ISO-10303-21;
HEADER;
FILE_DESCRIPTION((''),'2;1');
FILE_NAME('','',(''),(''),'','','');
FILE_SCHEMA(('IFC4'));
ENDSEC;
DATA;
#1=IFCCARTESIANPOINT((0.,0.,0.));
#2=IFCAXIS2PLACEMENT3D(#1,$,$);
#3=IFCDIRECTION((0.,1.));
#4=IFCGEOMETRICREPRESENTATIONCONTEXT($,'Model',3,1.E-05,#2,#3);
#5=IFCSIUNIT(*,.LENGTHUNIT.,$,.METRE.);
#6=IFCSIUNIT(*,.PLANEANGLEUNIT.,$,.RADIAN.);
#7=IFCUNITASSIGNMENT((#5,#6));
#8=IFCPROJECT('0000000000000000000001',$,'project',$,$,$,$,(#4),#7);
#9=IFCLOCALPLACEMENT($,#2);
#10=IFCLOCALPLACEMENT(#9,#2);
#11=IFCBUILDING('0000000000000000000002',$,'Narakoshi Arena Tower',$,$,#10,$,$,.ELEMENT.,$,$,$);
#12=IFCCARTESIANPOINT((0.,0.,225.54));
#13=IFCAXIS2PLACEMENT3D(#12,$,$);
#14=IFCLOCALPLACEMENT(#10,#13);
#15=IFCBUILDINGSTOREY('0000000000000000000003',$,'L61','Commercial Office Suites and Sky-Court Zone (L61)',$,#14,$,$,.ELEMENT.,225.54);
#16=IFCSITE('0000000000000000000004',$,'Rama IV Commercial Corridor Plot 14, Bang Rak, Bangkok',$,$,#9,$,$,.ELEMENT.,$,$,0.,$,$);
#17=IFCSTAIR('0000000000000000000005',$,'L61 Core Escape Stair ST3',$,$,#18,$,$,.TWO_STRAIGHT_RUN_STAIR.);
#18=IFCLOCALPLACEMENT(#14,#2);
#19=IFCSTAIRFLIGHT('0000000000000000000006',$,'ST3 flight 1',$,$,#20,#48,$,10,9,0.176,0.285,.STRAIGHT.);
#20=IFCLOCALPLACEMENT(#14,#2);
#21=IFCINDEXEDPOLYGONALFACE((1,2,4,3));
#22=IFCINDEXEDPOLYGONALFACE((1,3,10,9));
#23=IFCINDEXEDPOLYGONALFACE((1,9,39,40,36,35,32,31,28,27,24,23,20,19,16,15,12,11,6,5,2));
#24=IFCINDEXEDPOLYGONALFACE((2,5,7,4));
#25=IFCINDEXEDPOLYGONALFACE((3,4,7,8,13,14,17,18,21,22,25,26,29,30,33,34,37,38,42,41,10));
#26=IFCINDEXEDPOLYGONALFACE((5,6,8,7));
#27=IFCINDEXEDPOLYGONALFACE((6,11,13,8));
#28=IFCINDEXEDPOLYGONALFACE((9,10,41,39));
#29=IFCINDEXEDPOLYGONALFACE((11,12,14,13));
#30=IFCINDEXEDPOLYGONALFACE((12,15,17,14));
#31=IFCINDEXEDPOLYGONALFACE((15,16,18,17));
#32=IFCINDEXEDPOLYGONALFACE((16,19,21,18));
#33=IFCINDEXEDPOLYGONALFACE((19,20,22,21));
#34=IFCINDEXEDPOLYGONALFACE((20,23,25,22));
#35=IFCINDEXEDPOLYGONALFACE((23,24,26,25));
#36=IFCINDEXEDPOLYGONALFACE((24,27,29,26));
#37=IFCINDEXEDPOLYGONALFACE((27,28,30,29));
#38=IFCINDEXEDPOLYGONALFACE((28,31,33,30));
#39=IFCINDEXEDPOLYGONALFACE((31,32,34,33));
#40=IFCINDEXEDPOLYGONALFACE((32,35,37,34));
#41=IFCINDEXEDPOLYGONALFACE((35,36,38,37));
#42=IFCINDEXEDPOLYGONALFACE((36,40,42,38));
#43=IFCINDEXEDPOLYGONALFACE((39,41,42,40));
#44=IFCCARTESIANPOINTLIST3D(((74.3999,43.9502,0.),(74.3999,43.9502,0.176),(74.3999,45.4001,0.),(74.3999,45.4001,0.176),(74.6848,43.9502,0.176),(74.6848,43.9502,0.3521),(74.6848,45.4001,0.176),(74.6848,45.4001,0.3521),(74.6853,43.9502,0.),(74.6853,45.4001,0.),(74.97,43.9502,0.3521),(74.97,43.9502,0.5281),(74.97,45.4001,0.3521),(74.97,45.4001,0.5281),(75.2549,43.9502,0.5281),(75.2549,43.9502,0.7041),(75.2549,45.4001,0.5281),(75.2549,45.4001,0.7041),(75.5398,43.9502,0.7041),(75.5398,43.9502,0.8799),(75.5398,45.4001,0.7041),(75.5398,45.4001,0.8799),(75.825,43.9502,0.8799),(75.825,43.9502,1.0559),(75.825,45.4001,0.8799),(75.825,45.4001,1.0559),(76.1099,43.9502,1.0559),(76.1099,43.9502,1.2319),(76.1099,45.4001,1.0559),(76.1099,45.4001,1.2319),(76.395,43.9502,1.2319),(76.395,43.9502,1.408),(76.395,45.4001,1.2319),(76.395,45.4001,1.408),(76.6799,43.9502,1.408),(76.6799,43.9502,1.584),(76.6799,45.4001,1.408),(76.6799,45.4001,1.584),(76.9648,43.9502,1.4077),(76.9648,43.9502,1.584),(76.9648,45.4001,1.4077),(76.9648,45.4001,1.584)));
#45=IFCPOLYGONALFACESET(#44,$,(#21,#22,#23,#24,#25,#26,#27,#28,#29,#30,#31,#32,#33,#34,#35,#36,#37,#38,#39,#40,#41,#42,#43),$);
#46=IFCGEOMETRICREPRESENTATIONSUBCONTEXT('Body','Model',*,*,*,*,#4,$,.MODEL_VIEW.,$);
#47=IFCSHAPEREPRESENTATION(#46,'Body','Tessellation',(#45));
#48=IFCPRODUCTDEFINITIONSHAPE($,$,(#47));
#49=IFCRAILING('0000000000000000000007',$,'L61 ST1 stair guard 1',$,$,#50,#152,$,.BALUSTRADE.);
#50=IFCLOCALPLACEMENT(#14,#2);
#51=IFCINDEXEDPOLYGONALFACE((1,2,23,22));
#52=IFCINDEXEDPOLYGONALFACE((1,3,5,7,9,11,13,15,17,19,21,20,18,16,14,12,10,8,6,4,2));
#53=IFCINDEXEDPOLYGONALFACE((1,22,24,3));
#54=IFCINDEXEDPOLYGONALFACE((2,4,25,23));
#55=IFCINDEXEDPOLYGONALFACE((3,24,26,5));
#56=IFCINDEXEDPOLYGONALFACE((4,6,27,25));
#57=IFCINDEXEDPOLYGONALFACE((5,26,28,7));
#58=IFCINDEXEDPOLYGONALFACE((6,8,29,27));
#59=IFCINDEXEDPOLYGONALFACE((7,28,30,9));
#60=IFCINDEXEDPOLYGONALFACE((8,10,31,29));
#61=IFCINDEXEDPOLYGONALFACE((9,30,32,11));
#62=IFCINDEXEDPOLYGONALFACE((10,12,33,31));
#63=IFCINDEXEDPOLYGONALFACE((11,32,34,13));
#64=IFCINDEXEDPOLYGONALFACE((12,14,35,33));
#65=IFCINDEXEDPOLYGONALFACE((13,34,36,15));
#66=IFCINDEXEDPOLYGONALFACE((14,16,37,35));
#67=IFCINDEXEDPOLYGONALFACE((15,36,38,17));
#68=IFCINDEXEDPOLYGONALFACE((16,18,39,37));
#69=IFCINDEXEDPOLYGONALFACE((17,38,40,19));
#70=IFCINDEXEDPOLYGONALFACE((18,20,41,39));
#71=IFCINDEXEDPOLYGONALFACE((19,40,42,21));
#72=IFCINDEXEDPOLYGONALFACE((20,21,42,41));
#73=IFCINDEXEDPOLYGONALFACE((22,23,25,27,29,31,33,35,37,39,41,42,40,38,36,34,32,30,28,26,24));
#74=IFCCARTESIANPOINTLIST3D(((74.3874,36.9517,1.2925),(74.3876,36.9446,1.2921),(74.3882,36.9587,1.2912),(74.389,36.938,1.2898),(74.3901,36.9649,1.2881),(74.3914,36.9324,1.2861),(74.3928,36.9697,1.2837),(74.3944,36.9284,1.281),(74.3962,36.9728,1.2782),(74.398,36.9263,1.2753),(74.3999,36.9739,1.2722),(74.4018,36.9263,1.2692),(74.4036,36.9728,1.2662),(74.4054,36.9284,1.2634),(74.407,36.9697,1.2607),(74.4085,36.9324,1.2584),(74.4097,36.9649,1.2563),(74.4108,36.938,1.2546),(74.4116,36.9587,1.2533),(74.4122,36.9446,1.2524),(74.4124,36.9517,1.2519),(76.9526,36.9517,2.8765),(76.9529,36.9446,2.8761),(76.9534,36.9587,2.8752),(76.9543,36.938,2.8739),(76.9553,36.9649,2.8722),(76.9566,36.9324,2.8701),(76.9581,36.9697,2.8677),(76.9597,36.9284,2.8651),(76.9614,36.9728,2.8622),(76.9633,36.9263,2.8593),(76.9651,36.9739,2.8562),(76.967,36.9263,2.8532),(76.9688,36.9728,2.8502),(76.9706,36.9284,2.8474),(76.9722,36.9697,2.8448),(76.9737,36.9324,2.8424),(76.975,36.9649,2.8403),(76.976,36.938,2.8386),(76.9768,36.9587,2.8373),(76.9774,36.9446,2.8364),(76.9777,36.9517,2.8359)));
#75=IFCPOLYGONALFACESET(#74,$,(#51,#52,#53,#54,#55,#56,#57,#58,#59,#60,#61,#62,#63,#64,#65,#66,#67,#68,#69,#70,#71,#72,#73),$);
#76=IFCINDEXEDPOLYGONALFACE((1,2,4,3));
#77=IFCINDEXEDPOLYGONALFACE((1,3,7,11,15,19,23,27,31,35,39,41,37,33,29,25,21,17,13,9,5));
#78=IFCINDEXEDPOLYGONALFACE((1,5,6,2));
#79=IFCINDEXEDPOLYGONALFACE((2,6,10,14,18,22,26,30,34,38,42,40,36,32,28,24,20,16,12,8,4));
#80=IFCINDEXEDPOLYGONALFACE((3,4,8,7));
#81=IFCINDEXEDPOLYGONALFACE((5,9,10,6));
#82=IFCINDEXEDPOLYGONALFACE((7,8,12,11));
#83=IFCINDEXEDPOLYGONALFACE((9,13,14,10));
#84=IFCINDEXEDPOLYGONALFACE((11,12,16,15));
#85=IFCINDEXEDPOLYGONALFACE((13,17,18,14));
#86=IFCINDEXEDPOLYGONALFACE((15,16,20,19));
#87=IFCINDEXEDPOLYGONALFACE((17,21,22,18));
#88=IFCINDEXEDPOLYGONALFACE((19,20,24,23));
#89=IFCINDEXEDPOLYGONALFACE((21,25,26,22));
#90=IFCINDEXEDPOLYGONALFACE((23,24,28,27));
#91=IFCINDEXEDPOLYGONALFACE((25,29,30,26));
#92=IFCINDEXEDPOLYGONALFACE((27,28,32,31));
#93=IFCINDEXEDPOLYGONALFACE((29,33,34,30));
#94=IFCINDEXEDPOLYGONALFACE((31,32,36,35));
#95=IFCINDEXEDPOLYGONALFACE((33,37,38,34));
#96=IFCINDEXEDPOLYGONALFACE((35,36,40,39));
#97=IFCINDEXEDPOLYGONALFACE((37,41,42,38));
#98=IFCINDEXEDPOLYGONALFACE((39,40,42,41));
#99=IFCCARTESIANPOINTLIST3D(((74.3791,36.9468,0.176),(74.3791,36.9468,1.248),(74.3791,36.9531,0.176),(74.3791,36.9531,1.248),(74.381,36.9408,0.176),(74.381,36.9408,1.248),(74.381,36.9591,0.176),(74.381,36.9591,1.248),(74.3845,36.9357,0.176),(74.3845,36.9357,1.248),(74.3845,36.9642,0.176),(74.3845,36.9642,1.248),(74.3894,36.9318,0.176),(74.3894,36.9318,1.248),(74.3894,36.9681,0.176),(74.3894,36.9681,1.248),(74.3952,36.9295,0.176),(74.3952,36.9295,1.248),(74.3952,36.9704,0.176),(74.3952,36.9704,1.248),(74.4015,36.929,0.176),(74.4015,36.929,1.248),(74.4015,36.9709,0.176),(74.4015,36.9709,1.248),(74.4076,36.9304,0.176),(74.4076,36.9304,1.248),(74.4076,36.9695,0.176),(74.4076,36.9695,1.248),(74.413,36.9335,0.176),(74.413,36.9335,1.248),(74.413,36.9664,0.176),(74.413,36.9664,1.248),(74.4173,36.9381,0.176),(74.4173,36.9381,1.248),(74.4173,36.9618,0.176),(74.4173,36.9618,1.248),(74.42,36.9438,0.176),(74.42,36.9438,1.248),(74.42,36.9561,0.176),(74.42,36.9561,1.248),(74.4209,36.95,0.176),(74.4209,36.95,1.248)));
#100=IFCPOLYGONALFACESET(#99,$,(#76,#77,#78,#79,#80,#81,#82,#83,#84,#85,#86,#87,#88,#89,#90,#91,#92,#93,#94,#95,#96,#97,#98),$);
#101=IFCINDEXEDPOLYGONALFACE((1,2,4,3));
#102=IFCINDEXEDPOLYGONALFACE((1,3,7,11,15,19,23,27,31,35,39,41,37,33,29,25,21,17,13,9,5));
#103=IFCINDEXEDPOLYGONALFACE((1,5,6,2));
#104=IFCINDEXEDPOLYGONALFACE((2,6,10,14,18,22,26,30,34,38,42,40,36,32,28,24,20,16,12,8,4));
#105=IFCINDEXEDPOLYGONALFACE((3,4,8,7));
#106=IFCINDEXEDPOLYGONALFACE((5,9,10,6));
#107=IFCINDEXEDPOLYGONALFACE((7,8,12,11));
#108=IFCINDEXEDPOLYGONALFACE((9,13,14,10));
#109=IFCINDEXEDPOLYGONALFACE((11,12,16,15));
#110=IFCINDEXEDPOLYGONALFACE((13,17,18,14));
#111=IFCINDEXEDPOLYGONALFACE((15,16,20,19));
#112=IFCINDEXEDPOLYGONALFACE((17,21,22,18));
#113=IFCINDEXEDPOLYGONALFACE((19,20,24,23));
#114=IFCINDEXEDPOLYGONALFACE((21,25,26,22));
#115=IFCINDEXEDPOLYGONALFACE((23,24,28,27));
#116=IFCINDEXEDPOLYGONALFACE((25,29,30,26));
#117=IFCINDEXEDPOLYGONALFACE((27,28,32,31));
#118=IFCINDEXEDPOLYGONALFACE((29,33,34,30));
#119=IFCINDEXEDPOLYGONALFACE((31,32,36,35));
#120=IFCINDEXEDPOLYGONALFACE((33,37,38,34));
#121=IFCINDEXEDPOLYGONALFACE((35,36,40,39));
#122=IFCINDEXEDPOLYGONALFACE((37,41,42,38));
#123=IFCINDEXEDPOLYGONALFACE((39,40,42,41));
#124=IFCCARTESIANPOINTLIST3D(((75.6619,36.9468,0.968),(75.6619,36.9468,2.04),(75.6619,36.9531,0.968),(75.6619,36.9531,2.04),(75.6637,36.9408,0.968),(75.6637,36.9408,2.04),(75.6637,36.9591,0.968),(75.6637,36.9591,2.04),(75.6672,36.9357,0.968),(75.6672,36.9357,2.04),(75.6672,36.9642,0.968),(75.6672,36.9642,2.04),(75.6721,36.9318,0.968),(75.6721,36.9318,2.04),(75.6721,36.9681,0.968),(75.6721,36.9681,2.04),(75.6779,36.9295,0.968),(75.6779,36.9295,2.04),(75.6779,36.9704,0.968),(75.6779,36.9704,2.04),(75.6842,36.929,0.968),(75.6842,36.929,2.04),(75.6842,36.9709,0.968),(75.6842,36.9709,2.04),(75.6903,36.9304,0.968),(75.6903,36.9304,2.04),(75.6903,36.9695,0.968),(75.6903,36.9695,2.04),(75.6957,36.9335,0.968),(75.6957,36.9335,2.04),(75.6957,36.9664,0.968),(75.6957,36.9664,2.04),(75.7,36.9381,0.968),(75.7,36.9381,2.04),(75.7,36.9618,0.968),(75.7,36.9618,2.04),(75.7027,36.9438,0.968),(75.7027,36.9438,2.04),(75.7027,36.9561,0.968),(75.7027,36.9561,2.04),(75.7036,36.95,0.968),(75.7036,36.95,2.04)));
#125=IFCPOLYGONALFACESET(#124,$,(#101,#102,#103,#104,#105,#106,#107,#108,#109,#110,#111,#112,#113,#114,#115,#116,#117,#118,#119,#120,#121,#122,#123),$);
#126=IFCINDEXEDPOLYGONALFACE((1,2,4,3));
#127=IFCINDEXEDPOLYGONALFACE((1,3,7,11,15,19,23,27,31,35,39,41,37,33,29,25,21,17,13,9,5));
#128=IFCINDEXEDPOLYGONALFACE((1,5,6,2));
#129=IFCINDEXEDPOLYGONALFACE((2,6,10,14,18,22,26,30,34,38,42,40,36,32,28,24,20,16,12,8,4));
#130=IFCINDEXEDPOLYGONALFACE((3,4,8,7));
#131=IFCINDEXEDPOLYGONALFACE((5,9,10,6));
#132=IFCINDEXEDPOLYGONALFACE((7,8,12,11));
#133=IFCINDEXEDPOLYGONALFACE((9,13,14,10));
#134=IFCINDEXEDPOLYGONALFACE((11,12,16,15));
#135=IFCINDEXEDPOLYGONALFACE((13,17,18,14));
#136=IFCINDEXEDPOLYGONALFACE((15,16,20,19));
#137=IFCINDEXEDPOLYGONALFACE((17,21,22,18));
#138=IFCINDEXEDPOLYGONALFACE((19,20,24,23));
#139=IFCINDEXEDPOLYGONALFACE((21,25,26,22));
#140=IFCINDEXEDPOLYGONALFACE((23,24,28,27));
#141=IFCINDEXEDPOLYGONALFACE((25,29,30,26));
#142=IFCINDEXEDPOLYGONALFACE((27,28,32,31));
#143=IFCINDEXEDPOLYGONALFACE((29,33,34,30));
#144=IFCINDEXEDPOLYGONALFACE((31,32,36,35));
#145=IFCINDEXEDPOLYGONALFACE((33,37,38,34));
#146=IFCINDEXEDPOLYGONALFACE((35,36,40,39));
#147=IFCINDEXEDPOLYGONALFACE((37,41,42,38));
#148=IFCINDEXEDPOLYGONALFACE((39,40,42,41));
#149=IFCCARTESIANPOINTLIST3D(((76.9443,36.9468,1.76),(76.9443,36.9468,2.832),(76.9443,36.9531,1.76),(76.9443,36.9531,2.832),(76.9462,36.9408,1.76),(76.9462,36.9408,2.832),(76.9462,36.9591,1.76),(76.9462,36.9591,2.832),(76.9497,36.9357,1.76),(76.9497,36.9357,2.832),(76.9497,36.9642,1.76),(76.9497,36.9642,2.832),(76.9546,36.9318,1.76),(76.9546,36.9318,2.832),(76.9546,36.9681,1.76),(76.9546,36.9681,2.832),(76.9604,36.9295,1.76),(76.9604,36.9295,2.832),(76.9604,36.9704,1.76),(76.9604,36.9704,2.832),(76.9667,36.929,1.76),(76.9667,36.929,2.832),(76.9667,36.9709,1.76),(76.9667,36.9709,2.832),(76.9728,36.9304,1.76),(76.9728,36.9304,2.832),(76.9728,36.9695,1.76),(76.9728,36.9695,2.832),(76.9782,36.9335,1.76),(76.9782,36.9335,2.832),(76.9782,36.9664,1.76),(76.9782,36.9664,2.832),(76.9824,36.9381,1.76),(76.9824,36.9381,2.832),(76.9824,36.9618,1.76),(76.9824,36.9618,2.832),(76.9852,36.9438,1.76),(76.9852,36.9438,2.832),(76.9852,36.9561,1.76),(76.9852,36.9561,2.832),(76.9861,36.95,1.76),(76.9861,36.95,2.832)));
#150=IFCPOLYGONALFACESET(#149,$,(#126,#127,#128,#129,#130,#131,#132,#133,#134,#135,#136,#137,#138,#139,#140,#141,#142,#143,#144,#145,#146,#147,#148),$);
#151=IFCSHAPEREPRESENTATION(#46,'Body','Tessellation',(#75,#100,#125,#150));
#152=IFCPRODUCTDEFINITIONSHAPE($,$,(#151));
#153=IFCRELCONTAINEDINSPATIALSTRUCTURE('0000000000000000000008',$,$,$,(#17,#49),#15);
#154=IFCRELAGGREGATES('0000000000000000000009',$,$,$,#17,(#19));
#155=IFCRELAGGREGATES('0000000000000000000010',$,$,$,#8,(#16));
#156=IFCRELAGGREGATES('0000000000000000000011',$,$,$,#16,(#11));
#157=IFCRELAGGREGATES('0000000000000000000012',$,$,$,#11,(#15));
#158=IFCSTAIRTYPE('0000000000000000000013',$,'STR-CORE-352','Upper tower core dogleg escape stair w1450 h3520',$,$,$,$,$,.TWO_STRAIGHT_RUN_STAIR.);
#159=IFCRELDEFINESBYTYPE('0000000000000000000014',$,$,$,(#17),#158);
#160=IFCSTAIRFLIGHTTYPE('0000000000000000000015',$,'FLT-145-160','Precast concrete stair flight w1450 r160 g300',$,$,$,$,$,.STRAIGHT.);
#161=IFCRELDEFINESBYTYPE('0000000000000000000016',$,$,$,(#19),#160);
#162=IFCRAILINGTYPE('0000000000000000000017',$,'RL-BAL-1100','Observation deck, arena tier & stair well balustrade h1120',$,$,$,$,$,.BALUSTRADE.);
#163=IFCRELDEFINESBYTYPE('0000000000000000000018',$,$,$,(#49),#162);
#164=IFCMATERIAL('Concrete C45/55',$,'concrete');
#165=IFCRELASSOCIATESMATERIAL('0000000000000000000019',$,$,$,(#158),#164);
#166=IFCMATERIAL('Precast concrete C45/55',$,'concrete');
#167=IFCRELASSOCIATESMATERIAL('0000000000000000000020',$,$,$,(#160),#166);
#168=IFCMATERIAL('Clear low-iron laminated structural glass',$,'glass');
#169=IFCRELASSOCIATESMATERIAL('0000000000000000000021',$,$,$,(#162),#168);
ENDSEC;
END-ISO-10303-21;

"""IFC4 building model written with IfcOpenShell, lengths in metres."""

from ifc_helpers import new_model, si_unit, direction, frame, origin, origin_2d, place, context, subcontext, project, spatial, polyline, circle, outline, extrude, material, type_object, element, aggregate, save


model = new_model("IFC4")

# Units and contexts
model_context = context("Model", 3, precision=1e-05, world=origin(), true_north=direction((0.0, 1.0)))
body_context = subcontext(model_context, "Body", "Model", "MODEL_VIEW")
ifc_project = project(units=[si_unit("LENGTHUNIT", "METRE"), si_unit("PLANEANGLEUNIT", "RADIAN")], contexts=[model_context])

# Site, building, storey
site_placement = place(None, origin())
site = spatial("IfcSite", under=ifc_project, at=site_placement, Name="Rama IV Commercial Corridor Plot 14, Bang Rak, Bangkok", CompositionType="ELEMENT", RefElevation=0.0)
building_placement = place(site_placement, origin())
building = spatial("IfcBuilding", under=site, at=building_placement, Name="Narakoshi Arena Tower", CompositionType="ELEMENT")
storey_placement = place(building_placement, frame((0.0, 0.0, 225.54)))
storey = spatial("IfcBuildingStorey", under=building, at=storey_placement, Name="L61", Description="Commercial Office Suites and Sky-Court Zone (L61)", CompositionType="ELEMENT", Elevation=225.54)

# Shared definitions
ifc_material_1 = material(Name="Precast concrete C45/55", Category="concrete")

# Shared definitions
ifc_material_2 = material(Name="Concrete C45/55", Category="concrete")
stair_type = type_object("IfcStairType", Name="STR-CORE-352", Description="Upper tower core dogleg escape stair w1450 h3520", PredefinedType="TWO_STRAIGHT_RUN_STAIR", material=ifc_material_2)
stair_flight_type = type_object("IfcStairFlightType", Name="FLT-145-160", Description="Precast concrete stair flight w1450 r160 g300", PredefinedType="STRAIGHT", material=ifc_material_1)

# Stair, stair flight
stair_1_placement = place(storey_placement, origin())
stair_1 = element("IfcStair", 1, at=stair_1_placement, inside=storey, type_object=stair_type, Name="L61 Core Escape Stair ST3", PredefinedType="TWO_STRAIGHT_RUN_STAIR")
stair_flight_1_placement = place(storey_placement, frame((74.3999, 44.675, 0.0), z_axis=(0.0, 0.0, 1.0), x_axis=(1.0, 0.0, 0.0)))
stair_flight_1 = element("IfcStairFlight", 2, at=stair_flight_1_placement, type_object=stair_flight_type, Name="ST3 flight 1", NumberOfRisers=10, NumberOfTreads=9, PredefinedType="STRAIGHT", RiserHeight=0.176, TreadLength=0.285, context=body_context, shape_type="SweptSolid", body=[
    extrude(outline(polyline([(0.0, 0.0), (0.0, 0.176), (0.2849, 0.176), (0.2849, 0.3521), (0.5701, 0.3521), (0.5701, 0.5281), (0.855, 0.5281), (0.855, 0.7041), (1.1399, 0.7041), (1.1399, 0.8799), (1.425, 0.8799), (1.425, 1.0559), (1.71, 1.0559), (1.71, 1.2319), (1.9951, 1.2319), (1.9951, 1.408), (2.28, 1.408), (2.28, 1.584), (2.5649, 1.584), (2.5649, 1.76), (2.5649, 1.4077), (0.2854, 0.0), (0.0, 0.0)])), frame((0.0, 0.7251, 0.0), z_axis=(0.0, -1.0, 0.0), x_axis=(1.0, 0.0, 0.0)), (0.0, 0.0, 1.0), 1.45),
])
aggregate(stair_1, [stair_flight_1])

# Railing
ifc_material_3 = material(Name="Clear low-iron laminated structural glass", Category="glass")
railing_type_1 = type_object("IfcRailingType", Name="RL-BAL-1100", Description="Observation deck, arena tier & stair well balustrade h1120", PredefinedType="BALUSTRADE", material=ifc_material_3)
railing_1_placement = place(storey_placement, frame((74.3999, 36.95, 0.176)))
element("IfcRailing", 3, at=railing_1_placement, inside=storey, type_object=railing_type_1, Name="L61 ST1 stair guard 1", PredefinedType="BALUSTRADE", context=body_context, shape_type="SweptSolid", body=[
    extrude(circle(Radius=0.0239, at=origin_2d()), frame((0.0, 0.0, 1.0962), z_axis=(0.850857, 0.0, 0.525398), x_axis=(0.0, 1.0, 0.0)), (0.0, 0.0, 1.0), 3.0149),
    extrude(circle(Radius=0.021, at=origin_2d()), origin(), (0.0, 0.0, 1.0), 1.072),
    extrude(circle(Radius=0.021, at=origin_2d()), frame((1.2827, 0.0, 0.792)), (0.0, 0.0, 1.0), 1.072),
    extrude(circle(Radius=0.021, at=origin_2d()), frame((2.5652, 0.0, 1.584)), (0.0, 0.0, 1.0), 1.072),
])

save(model, "model.ifc")
